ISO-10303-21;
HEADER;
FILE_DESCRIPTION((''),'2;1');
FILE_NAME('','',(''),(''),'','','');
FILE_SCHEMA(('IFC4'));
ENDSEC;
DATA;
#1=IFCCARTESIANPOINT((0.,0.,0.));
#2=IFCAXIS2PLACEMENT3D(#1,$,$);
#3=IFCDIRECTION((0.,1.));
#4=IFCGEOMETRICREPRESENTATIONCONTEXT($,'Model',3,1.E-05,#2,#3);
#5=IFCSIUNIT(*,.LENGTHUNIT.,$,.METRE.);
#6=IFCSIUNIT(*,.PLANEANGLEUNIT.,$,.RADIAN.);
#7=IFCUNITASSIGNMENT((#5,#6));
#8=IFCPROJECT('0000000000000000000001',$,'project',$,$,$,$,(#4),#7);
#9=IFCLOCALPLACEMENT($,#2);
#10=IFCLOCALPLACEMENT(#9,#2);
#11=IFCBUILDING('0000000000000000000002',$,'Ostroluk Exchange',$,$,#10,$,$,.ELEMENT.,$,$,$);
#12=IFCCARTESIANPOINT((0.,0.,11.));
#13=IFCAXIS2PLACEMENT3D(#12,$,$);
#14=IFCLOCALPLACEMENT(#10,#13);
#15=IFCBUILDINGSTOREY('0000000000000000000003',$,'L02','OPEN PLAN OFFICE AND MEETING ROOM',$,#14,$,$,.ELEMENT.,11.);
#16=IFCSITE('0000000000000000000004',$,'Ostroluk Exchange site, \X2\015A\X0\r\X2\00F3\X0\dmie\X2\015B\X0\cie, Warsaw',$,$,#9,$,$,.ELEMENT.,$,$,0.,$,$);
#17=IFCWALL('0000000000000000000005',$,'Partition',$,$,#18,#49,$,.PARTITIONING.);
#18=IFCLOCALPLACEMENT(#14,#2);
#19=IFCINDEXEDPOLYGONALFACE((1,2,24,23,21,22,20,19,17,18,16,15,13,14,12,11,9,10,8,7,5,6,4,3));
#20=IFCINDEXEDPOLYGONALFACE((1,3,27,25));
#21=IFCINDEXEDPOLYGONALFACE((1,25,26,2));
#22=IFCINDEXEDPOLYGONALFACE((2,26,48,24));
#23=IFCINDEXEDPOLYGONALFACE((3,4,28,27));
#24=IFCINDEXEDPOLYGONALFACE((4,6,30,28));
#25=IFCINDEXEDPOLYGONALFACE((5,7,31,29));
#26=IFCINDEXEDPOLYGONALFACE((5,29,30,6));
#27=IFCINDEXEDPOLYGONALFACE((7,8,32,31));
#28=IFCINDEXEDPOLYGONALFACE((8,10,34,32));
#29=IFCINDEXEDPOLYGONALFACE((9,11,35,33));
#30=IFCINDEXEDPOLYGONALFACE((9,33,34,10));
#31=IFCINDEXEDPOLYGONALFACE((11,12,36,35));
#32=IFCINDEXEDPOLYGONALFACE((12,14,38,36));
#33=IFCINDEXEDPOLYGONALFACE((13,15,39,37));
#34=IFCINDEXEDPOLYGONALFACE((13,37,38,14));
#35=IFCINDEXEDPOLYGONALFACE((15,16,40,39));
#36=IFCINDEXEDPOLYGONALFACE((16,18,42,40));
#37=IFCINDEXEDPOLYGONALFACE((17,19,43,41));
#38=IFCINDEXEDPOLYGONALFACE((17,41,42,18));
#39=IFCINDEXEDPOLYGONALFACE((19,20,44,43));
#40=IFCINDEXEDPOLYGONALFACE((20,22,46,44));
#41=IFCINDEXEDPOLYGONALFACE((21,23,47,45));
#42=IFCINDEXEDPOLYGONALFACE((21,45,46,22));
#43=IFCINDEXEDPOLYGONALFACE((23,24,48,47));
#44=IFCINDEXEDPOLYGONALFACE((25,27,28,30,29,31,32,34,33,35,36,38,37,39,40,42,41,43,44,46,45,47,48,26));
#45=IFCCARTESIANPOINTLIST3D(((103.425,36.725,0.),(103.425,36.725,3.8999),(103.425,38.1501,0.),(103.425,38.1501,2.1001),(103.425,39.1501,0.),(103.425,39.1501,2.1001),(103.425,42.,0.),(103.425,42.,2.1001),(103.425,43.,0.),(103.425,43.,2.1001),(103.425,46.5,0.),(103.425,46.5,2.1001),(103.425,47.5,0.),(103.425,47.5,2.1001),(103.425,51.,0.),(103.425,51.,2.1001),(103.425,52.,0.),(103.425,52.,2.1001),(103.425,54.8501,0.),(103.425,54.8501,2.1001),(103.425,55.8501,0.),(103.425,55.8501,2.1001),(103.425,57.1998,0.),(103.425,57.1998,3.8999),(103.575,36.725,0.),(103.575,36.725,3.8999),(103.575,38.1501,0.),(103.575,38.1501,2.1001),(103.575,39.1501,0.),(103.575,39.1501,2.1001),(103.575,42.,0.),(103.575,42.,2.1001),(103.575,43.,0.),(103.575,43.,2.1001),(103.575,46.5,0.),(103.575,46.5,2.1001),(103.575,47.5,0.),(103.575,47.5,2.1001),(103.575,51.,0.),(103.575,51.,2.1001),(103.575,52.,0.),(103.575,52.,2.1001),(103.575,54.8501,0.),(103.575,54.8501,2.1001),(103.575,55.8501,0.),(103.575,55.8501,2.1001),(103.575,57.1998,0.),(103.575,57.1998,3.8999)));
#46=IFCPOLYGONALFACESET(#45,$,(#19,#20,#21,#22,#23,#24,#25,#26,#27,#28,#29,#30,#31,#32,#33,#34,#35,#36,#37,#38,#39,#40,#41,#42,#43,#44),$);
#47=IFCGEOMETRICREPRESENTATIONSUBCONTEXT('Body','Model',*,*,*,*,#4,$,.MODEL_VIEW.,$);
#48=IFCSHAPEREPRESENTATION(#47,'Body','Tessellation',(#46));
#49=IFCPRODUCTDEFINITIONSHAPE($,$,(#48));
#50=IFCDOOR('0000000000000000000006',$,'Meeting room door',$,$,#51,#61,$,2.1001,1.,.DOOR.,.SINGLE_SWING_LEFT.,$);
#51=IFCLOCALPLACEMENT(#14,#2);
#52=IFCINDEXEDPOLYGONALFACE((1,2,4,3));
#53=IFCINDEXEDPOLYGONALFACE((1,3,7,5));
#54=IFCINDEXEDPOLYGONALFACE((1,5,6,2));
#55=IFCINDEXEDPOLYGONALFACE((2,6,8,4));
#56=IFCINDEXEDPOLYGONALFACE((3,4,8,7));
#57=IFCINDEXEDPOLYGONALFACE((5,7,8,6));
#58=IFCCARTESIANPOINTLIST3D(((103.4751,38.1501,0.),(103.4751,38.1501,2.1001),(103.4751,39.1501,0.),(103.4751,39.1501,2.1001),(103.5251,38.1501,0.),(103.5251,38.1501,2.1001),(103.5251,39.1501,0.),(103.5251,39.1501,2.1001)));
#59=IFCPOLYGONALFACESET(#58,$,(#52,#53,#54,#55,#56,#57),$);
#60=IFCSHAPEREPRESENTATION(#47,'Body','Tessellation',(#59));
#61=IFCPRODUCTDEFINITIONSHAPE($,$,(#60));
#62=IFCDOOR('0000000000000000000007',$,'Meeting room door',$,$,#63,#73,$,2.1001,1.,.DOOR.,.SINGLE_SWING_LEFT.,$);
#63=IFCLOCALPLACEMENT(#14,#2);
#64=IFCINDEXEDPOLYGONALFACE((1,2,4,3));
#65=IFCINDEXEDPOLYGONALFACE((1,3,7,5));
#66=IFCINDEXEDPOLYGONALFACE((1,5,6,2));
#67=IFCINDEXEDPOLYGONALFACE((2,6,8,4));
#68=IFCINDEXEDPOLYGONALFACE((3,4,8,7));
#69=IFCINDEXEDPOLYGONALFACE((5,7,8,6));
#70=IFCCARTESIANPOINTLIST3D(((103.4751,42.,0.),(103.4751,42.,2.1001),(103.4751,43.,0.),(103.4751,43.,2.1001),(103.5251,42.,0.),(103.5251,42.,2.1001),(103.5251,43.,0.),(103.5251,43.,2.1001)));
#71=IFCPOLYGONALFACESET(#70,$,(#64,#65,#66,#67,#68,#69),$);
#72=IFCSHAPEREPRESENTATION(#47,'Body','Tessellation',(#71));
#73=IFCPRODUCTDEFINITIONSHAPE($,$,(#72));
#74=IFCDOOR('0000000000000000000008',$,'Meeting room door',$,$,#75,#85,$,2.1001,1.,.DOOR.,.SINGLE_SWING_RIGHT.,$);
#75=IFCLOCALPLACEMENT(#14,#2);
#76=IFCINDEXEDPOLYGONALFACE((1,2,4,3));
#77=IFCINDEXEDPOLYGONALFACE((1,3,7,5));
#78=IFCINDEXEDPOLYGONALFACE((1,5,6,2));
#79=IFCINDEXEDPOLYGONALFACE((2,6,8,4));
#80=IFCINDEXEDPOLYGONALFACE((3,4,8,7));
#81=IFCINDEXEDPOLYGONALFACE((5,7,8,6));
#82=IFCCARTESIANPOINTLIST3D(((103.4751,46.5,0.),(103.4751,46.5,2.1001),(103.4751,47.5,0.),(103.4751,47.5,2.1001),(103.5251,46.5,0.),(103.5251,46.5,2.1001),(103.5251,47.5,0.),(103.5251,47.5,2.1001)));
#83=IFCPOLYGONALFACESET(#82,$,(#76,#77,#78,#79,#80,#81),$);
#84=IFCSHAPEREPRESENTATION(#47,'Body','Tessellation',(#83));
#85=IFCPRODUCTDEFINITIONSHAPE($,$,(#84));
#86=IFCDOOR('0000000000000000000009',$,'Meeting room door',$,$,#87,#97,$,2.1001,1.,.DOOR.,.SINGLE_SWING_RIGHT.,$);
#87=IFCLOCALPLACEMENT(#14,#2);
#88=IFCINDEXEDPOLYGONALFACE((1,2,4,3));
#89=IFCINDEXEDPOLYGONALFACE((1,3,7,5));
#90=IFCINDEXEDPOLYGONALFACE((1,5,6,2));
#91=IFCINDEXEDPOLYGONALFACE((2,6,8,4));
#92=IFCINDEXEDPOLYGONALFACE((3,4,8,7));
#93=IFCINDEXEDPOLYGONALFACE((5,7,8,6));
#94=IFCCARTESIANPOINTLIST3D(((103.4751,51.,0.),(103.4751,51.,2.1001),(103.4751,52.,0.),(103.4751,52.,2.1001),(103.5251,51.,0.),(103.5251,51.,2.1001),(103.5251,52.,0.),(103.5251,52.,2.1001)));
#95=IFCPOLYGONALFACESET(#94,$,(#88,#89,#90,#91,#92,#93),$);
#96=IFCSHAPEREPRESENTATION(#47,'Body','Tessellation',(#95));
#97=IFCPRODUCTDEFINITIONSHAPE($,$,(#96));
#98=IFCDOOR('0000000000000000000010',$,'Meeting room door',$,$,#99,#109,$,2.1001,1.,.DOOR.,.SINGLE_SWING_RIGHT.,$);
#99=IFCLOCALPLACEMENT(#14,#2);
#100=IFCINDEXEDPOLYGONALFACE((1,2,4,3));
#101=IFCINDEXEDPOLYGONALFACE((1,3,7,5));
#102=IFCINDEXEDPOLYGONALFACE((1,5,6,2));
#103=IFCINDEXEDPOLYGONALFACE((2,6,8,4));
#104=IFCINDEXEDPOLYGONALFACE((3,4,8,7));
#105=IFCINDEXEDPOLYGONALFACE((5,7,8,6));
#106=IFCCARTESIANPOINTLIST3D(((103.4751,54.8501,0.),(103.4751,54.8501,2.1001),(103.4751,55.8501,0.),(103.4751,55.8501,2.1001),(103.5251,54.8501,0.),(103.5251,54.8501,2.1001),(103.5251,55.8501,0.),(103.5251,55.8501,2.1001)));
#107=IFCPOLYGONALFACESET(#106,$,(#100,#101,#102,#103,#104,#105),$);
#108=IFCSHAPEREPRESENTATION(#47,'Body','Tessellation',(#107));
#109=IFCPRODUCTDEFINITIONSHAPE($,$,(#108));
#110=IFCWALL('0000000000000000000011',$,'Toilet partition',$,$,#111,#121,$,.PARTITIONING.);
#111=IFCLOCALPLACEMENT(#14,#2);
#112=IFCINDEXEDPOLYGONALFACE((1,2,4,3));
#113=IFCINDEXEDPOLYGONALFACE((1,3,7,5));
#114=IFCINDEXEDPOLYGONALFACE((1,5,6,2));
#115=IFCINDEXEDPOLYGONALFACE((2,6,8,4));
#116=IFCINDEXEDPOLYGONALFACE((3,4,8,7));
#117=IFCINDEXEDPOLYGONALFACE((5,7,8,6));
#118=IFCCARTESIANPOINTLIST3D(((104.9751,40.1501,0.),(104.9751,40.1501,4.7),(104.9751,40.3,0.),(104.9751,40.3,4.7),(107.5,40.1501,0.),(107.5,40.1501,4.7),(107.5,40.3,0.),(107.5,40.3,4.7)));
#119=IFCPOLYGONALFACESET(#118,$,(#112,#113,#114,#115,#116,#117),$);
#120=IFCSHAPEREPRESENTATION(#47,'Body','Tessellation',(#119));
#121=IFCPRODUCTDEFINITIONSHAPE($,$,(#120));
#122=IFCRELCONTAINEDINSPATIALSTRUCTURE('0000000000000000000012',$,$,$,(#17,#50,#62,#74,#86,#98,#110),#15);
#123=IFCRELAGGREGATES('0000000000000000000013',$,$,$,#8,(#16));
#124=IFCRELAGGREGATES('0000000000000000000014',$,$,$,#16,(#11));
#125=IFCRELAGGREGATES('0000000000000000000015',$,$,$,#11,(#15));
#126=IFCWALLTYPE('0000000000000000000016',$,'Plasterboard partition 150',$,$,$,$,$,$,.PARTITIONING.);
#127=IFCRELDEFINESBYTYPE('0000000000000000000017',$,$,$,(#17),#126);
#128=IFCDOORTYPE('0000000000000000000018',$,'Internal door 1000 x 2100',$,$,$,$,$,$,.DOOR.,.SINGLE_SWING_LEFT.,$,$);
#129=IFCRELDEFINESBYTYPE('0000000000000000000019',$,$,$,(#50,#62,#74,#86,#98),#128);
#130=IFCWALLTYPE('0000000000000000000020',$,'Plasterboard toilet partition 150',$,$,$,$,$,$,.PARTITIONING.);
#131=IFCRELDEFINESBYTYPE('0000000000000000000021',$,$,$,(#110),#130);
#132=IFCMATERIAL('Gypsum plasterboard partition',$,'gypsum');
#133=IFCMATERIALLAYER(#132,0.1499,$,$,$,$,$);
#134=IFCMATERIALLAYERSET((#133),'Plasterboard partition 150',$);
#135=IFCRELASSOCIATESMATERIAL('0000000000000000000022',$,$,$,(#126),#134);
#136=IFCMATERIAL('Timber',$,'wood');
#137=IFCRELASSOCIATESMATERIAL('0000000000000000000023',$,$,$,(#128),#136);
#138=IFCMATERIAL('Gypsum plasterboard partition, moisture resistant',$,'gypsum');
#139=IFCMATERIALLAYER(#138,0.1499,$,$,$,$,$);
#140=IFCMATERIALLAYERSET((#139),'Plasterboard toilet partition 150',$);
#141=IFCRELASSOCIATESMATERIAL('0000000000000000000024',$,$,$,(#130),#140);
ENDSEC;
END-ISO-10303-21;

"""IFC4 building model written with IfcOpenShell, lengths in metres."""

from ifc_helpers import new_model, si_unit, direction, frame, frame_2d, origin, place, context, subcontext, project, spatial, rectangle, extrude, material, layer, layer_set, type_object, element, fill, save


model = new_model("IFC4")

# Units and contexts
model_context = context("Model", 3, precision=1e-05, world=origin(), true_north=direction((0.0, 1.0)))
body_context = subcontext(model_context, "Body", "Model", "MODEL_VIEW")
ifc_project = project(units=[si_unit("LENGTHUNIT", "METRE"), si_unit("PLANEANGLEUNIT", "RADIAN")], contexts=[model_context])

# Site, building, storey
site_placement = place(None, origin())
site = spatial("IfcSite", under=ifc_project, at=site_placement, Name="Ostroluk Exchange site, Śródmieście, Warsaw", CompositionType="ELEMENT", RefElevation=0.0)
building_placement = place(site_placement, origin())
building = spatial("IfcBuilding", under=site, at=building_placement, Name="Ostroluk Exchange", CompositionType="ELEMENT")
storey_placement = place(building_placement, frame((0.0, 0.0, 11.0)))
storey = spatial("IfcBuildingStorey", under=building, at=storey_placement, Name="L02", Description="OPEN PLAN OFFICE AND MEETING ROOM", CompositionType="ELEMENT", Elevation=11.0)

# Wall, openings, doors
ifc_material_1 = material(Name="Gypsum plasterboard partition", Category="gypsum")
ifc_layer_1 = layer(ifc_material_1, 0.1499)
ifc_layer_set_1 = layer_set([ifc_layer_1], Name="Plasterboard partition 150")
wall_type_1 = type_object("IfcWallType", Name="Plasterboard partition 150", PredefinedType="PARTITIONING", material=ifc_layer_set_1)
wall_1_placement = place(storey_placement, frame((103.5, 36.7251, 0.0), z_axis=(0.0, 0.0, 1.0), x_axis=(0.0, 1.0, 0.0)))
wall_1 = element("IfcWall", 1, at=wall_1_placement, inside=storey, type_object=wall_type_1, Name="Partition", PredefinedType="PARTITIONING", context=body_context, shape_type="SweptSolid", body=[
    extrude(rectangle(XDim=20.4749, YDim=0.1499, at=frame_2d((10.2373, 0.0))), origin(), (0.0, 0.0, 1.0), 3.8999),
])
opening_1_placement = place(wall_1_placement, frame((1.425, 0.0, 0.0)))
opening_1 = element("IfcOpeningElement", 2, at=opening_1_placement, cuts=wall_1, PredefinedType="OPENING", context=body_context, shape_type="SweptSolid", body=[
    extrude(rectangle(XDim=1.0, YDim=2.1001, at=frame_2d((0.5, 1.05))), frame((0.0, 0.085, 0.0), z_axis=(0.0, -1.0, 0.0), x_axis=(1.0, 0.0, 0.0)), (0.0, 0.0, 1.0), 0.1699),
])
opening_2_placement = place(wall_1_placement, frame((5.2749, 0.0, 0.0)))
opening_2 = element("IfcOpeningElement", 3, at=opening_2_placement, cuts=wall_1, PredefinedType="OPENING", context=body_context, shape_type="SweptSolid", body=[
    extrude(rectangle(XDim=1.0, YDim=2.1001, at=frame_2d((0.5, 1.05))), frame((0.0, 0.085, 0.0), z_axis=(0.0, -1.0, 0.0), x_axis=(1.0, 0.0, 0.0)), (0.0, 0.0, 1.0), 0.1699),
])
opening_3_placement = place(wall_1_placement, frame((9.7749, 0.0, 0.0)))
opening_3 = element("IfcOpeningElement", 4, at=opening_3_placement, cuts=wall_1, PredefinedType="OPENING", context=body_context, shape_type="SweptSolid", body=[
    extrude(rectangle(XDim=1.0, YDim=2.1001, at=frame_2d((0.5, 1.05))), frame((0.0, 0.085, 0.0), z_axis=(0.0, -1.0, 0.0), x_axis=(1.0, 0.0, 0.0)), (0.0, 0.0, 1.0), 0.1699),
])
opening_4_placement = place(wall_1_placement, frame((14.2749, 0.0, 0.0)))
opening_4 = element("IfcOpeningElement", 5, at=opening_4_placement, cuts=wall_1, PredefinedType="OPENING", context=body_context, shape_type="SweptSolid", body=[
    extrude(rectangle(XDim=1.0, YDim=2.1001, at=frame_2d((0.5, 1.05))), frame((0.0, 0.085, 0.0), z_axis=(0.0, -1.0, 0.0), x_axis=(1.0, 0.0, 0.0)), (0.0, 0.0, 1.0), 0.1699),
])
opening_5_placement = place(wall_1_placement, frame((18.125, 0.0, 0.0)))
opening_5 = element("IfcOpeningElement", 6, at=opening_5_placement, cuts=wall_1, PredefinedType="OPENING", context=body_context, shape_type="SweptSolid", body=[
    extrude(rectangle(XDim=1.0, YDim=2.1001, at=frame_2d((0.5, 1.05))), frame((0.0, 0.085, 0.0), z_axis=(0.0, -1.0, 0.0), x_axis=(1.0, 0.0, 0.0)), (0.0, 0.0, 1.0), 0.1699),
])
ifc_material_2 = material(Name="Timber", Category="wood")
door_type_1 = type_object("IfcDoorType", Name="Internal door 1000 x 2100", OperationType="SINGLE_SWING_LEFT", PredefinedType="DOOR", material=ifc_material_2)
door_1_placement = place(opening_1_placement, origin())
door_1 = element("IfcDoor", 7, at=door_1_placement, inside=storey, type_object=door_type_1, Name="Meeting room door", OperationType="SINGLE_SWING_LEFT", OverallHeight=2.1001, OverallWidth=1.0, PredefinedType="DOOR", context=body_context, shape_type="SweptSolid", body=[
    extrude(rectangle(XDim=1.0, YDim=2.1001, at=frame_2d((0.5, 1.05))), frame((0.0, 0.0249, 0.0), z_axis=(0.0, -1.0, 0.0), x_axis=(1.0, 0.0, 0.0)), (0.0, 0.0, 1.0), 0.05),
])
fill(opening_1, door_1)
door_2_placement = place(opening_2_placement, origin())
door_2 = element("IfcDoor", 8, at=door_2_placement, inside=storey, type_object=door_type_1, Name="Meeting room door", OperationType="SINGLE_SWING_LEFT", OverallHeight=2.1001, OverallWidth=1.0, PredefinedType="DOOR", context=body_context, shape_type="SweptSolid", body=[
    extrude(rectangle(XDim=1.0, YDim=2.1001, at=frame_2d((0.5, 1.05))), frame((0.0, 0.0249, 0.0), z_axis=(0.0, -1.0, 0.0), x_axis=(1.0, 0.0, 0.0)), (0.0, 0.0, 1.0), 0.05),
])
fill(opening_2, door_2)
door_3_placement = place(opening_3_placement, origin())
door_3 = element("IfcDoor", 9, at=door_3_placement, inside=storey, type_object=door_type_1, Name="Meeting room door", OperationType="SINGLE_SWING_RIGHT", OverallHeight=2.1001, OverallWidth=1.0, PredefinedType="DOOR", context=body_context, shape_type="SweptSolid", body=[
    extrude(rectangle(XDim=1.0, YDim=2.1001, at=frame_2d((0.5, 1.05))), frame((0.0, 0.0249, 0.0), z_axis=(0.0, -1.0, 0.0), x_axis=(1.0, 0.0, 0.0)), (0.0, 0.0, 1.0), 0.05),
])
fill(opening_3, door_3)
door_4_placement = place(opening_4_placement, origin())
door_4 = element("IfcDoor", 10, at=door_4_placement, inside=storey, type_object=door_type_1, Name="Meeting room door", OperationType="SINGLE_SWING_RIGHT", OverallHeight=2.1001, OverallWidth=1.0, PredefinedType="DOOR", context=body_context, shape_type="SweptSolid", body=[
    extrude(rectangle(XDim=1.0, YDim=2.1001, at=frame_2d((0.5, 1.05))), frame((0.0, 0.0249, 0.0), z_axis=(0.0, -1.0, 0.0), x_axis=(1.0, 0.0, 0.0)), (0.0, 0.0, 1.0), 0.05),
])
fill(opening_4, door_4)
door_5_placement = place(opening_5_placement, origin())
door_5 = element("IfcDoor", 11, at=door_5_placement, inside=storey, type_object=door_type_1, Name="Meeting room door", OperationType="SINGLE_SWING_RIGHT", OverallHeight=2.1001, OverallWidth=1.0, PredefinedType="DOOR", context=body_context, shape_type="SweptSolid", body=[
    extrude(rectangle(XDim=1.0, YDim=2.1001, at=frame_2d((0.5, 1.05))), frame((0.0, 0.0249, 0.0), z_axis=(0.0, -1.0, 0.0), x_axis=(1.0, 0.0, 0.0)), (0.0, 0.0, 1.0), 0.05),
])
fill(opening_5, door_5)

# Wall
ifc_material_3 = material(Name="Gypsum plasterboard partition, moisture resistant", Category="gypsum")
ifc_layer_2 = layer(ifc_material_3, 0.1499)
ifc_layer_set_2 = layer_set([ifc_layer_2], Name="Plasterboard toilet partition 150")
wall_type_2 = type_object("IfcWallType", Name="Plasterboard toilet partition 150", PredefinedType="PARTITIONING", material=ifc_layer_set_2)
wall_2_placement = place(storey_placement, frame((104.9751, 40.2251, 0.0), z_axis=(0.0, 0.0, 1.0), x_axis=(1.0, 0.0, 0.0)))
element("IfcWall", 12, at=wall_2_placement, inside=storey, type_object=wall_type_2, Name="Toilet partition", PredefinedType="PARTITIONING", context=body_context, shape_type="SweptSolid", body=[
    extrude(rectangle(XDim=2.5249, YDim=0.1499, at=frame_2d((1.2625, 0.0))), origin(), (0.0, 0.0, 1.0), 4.7),
])

save(model, "model.ifc")
